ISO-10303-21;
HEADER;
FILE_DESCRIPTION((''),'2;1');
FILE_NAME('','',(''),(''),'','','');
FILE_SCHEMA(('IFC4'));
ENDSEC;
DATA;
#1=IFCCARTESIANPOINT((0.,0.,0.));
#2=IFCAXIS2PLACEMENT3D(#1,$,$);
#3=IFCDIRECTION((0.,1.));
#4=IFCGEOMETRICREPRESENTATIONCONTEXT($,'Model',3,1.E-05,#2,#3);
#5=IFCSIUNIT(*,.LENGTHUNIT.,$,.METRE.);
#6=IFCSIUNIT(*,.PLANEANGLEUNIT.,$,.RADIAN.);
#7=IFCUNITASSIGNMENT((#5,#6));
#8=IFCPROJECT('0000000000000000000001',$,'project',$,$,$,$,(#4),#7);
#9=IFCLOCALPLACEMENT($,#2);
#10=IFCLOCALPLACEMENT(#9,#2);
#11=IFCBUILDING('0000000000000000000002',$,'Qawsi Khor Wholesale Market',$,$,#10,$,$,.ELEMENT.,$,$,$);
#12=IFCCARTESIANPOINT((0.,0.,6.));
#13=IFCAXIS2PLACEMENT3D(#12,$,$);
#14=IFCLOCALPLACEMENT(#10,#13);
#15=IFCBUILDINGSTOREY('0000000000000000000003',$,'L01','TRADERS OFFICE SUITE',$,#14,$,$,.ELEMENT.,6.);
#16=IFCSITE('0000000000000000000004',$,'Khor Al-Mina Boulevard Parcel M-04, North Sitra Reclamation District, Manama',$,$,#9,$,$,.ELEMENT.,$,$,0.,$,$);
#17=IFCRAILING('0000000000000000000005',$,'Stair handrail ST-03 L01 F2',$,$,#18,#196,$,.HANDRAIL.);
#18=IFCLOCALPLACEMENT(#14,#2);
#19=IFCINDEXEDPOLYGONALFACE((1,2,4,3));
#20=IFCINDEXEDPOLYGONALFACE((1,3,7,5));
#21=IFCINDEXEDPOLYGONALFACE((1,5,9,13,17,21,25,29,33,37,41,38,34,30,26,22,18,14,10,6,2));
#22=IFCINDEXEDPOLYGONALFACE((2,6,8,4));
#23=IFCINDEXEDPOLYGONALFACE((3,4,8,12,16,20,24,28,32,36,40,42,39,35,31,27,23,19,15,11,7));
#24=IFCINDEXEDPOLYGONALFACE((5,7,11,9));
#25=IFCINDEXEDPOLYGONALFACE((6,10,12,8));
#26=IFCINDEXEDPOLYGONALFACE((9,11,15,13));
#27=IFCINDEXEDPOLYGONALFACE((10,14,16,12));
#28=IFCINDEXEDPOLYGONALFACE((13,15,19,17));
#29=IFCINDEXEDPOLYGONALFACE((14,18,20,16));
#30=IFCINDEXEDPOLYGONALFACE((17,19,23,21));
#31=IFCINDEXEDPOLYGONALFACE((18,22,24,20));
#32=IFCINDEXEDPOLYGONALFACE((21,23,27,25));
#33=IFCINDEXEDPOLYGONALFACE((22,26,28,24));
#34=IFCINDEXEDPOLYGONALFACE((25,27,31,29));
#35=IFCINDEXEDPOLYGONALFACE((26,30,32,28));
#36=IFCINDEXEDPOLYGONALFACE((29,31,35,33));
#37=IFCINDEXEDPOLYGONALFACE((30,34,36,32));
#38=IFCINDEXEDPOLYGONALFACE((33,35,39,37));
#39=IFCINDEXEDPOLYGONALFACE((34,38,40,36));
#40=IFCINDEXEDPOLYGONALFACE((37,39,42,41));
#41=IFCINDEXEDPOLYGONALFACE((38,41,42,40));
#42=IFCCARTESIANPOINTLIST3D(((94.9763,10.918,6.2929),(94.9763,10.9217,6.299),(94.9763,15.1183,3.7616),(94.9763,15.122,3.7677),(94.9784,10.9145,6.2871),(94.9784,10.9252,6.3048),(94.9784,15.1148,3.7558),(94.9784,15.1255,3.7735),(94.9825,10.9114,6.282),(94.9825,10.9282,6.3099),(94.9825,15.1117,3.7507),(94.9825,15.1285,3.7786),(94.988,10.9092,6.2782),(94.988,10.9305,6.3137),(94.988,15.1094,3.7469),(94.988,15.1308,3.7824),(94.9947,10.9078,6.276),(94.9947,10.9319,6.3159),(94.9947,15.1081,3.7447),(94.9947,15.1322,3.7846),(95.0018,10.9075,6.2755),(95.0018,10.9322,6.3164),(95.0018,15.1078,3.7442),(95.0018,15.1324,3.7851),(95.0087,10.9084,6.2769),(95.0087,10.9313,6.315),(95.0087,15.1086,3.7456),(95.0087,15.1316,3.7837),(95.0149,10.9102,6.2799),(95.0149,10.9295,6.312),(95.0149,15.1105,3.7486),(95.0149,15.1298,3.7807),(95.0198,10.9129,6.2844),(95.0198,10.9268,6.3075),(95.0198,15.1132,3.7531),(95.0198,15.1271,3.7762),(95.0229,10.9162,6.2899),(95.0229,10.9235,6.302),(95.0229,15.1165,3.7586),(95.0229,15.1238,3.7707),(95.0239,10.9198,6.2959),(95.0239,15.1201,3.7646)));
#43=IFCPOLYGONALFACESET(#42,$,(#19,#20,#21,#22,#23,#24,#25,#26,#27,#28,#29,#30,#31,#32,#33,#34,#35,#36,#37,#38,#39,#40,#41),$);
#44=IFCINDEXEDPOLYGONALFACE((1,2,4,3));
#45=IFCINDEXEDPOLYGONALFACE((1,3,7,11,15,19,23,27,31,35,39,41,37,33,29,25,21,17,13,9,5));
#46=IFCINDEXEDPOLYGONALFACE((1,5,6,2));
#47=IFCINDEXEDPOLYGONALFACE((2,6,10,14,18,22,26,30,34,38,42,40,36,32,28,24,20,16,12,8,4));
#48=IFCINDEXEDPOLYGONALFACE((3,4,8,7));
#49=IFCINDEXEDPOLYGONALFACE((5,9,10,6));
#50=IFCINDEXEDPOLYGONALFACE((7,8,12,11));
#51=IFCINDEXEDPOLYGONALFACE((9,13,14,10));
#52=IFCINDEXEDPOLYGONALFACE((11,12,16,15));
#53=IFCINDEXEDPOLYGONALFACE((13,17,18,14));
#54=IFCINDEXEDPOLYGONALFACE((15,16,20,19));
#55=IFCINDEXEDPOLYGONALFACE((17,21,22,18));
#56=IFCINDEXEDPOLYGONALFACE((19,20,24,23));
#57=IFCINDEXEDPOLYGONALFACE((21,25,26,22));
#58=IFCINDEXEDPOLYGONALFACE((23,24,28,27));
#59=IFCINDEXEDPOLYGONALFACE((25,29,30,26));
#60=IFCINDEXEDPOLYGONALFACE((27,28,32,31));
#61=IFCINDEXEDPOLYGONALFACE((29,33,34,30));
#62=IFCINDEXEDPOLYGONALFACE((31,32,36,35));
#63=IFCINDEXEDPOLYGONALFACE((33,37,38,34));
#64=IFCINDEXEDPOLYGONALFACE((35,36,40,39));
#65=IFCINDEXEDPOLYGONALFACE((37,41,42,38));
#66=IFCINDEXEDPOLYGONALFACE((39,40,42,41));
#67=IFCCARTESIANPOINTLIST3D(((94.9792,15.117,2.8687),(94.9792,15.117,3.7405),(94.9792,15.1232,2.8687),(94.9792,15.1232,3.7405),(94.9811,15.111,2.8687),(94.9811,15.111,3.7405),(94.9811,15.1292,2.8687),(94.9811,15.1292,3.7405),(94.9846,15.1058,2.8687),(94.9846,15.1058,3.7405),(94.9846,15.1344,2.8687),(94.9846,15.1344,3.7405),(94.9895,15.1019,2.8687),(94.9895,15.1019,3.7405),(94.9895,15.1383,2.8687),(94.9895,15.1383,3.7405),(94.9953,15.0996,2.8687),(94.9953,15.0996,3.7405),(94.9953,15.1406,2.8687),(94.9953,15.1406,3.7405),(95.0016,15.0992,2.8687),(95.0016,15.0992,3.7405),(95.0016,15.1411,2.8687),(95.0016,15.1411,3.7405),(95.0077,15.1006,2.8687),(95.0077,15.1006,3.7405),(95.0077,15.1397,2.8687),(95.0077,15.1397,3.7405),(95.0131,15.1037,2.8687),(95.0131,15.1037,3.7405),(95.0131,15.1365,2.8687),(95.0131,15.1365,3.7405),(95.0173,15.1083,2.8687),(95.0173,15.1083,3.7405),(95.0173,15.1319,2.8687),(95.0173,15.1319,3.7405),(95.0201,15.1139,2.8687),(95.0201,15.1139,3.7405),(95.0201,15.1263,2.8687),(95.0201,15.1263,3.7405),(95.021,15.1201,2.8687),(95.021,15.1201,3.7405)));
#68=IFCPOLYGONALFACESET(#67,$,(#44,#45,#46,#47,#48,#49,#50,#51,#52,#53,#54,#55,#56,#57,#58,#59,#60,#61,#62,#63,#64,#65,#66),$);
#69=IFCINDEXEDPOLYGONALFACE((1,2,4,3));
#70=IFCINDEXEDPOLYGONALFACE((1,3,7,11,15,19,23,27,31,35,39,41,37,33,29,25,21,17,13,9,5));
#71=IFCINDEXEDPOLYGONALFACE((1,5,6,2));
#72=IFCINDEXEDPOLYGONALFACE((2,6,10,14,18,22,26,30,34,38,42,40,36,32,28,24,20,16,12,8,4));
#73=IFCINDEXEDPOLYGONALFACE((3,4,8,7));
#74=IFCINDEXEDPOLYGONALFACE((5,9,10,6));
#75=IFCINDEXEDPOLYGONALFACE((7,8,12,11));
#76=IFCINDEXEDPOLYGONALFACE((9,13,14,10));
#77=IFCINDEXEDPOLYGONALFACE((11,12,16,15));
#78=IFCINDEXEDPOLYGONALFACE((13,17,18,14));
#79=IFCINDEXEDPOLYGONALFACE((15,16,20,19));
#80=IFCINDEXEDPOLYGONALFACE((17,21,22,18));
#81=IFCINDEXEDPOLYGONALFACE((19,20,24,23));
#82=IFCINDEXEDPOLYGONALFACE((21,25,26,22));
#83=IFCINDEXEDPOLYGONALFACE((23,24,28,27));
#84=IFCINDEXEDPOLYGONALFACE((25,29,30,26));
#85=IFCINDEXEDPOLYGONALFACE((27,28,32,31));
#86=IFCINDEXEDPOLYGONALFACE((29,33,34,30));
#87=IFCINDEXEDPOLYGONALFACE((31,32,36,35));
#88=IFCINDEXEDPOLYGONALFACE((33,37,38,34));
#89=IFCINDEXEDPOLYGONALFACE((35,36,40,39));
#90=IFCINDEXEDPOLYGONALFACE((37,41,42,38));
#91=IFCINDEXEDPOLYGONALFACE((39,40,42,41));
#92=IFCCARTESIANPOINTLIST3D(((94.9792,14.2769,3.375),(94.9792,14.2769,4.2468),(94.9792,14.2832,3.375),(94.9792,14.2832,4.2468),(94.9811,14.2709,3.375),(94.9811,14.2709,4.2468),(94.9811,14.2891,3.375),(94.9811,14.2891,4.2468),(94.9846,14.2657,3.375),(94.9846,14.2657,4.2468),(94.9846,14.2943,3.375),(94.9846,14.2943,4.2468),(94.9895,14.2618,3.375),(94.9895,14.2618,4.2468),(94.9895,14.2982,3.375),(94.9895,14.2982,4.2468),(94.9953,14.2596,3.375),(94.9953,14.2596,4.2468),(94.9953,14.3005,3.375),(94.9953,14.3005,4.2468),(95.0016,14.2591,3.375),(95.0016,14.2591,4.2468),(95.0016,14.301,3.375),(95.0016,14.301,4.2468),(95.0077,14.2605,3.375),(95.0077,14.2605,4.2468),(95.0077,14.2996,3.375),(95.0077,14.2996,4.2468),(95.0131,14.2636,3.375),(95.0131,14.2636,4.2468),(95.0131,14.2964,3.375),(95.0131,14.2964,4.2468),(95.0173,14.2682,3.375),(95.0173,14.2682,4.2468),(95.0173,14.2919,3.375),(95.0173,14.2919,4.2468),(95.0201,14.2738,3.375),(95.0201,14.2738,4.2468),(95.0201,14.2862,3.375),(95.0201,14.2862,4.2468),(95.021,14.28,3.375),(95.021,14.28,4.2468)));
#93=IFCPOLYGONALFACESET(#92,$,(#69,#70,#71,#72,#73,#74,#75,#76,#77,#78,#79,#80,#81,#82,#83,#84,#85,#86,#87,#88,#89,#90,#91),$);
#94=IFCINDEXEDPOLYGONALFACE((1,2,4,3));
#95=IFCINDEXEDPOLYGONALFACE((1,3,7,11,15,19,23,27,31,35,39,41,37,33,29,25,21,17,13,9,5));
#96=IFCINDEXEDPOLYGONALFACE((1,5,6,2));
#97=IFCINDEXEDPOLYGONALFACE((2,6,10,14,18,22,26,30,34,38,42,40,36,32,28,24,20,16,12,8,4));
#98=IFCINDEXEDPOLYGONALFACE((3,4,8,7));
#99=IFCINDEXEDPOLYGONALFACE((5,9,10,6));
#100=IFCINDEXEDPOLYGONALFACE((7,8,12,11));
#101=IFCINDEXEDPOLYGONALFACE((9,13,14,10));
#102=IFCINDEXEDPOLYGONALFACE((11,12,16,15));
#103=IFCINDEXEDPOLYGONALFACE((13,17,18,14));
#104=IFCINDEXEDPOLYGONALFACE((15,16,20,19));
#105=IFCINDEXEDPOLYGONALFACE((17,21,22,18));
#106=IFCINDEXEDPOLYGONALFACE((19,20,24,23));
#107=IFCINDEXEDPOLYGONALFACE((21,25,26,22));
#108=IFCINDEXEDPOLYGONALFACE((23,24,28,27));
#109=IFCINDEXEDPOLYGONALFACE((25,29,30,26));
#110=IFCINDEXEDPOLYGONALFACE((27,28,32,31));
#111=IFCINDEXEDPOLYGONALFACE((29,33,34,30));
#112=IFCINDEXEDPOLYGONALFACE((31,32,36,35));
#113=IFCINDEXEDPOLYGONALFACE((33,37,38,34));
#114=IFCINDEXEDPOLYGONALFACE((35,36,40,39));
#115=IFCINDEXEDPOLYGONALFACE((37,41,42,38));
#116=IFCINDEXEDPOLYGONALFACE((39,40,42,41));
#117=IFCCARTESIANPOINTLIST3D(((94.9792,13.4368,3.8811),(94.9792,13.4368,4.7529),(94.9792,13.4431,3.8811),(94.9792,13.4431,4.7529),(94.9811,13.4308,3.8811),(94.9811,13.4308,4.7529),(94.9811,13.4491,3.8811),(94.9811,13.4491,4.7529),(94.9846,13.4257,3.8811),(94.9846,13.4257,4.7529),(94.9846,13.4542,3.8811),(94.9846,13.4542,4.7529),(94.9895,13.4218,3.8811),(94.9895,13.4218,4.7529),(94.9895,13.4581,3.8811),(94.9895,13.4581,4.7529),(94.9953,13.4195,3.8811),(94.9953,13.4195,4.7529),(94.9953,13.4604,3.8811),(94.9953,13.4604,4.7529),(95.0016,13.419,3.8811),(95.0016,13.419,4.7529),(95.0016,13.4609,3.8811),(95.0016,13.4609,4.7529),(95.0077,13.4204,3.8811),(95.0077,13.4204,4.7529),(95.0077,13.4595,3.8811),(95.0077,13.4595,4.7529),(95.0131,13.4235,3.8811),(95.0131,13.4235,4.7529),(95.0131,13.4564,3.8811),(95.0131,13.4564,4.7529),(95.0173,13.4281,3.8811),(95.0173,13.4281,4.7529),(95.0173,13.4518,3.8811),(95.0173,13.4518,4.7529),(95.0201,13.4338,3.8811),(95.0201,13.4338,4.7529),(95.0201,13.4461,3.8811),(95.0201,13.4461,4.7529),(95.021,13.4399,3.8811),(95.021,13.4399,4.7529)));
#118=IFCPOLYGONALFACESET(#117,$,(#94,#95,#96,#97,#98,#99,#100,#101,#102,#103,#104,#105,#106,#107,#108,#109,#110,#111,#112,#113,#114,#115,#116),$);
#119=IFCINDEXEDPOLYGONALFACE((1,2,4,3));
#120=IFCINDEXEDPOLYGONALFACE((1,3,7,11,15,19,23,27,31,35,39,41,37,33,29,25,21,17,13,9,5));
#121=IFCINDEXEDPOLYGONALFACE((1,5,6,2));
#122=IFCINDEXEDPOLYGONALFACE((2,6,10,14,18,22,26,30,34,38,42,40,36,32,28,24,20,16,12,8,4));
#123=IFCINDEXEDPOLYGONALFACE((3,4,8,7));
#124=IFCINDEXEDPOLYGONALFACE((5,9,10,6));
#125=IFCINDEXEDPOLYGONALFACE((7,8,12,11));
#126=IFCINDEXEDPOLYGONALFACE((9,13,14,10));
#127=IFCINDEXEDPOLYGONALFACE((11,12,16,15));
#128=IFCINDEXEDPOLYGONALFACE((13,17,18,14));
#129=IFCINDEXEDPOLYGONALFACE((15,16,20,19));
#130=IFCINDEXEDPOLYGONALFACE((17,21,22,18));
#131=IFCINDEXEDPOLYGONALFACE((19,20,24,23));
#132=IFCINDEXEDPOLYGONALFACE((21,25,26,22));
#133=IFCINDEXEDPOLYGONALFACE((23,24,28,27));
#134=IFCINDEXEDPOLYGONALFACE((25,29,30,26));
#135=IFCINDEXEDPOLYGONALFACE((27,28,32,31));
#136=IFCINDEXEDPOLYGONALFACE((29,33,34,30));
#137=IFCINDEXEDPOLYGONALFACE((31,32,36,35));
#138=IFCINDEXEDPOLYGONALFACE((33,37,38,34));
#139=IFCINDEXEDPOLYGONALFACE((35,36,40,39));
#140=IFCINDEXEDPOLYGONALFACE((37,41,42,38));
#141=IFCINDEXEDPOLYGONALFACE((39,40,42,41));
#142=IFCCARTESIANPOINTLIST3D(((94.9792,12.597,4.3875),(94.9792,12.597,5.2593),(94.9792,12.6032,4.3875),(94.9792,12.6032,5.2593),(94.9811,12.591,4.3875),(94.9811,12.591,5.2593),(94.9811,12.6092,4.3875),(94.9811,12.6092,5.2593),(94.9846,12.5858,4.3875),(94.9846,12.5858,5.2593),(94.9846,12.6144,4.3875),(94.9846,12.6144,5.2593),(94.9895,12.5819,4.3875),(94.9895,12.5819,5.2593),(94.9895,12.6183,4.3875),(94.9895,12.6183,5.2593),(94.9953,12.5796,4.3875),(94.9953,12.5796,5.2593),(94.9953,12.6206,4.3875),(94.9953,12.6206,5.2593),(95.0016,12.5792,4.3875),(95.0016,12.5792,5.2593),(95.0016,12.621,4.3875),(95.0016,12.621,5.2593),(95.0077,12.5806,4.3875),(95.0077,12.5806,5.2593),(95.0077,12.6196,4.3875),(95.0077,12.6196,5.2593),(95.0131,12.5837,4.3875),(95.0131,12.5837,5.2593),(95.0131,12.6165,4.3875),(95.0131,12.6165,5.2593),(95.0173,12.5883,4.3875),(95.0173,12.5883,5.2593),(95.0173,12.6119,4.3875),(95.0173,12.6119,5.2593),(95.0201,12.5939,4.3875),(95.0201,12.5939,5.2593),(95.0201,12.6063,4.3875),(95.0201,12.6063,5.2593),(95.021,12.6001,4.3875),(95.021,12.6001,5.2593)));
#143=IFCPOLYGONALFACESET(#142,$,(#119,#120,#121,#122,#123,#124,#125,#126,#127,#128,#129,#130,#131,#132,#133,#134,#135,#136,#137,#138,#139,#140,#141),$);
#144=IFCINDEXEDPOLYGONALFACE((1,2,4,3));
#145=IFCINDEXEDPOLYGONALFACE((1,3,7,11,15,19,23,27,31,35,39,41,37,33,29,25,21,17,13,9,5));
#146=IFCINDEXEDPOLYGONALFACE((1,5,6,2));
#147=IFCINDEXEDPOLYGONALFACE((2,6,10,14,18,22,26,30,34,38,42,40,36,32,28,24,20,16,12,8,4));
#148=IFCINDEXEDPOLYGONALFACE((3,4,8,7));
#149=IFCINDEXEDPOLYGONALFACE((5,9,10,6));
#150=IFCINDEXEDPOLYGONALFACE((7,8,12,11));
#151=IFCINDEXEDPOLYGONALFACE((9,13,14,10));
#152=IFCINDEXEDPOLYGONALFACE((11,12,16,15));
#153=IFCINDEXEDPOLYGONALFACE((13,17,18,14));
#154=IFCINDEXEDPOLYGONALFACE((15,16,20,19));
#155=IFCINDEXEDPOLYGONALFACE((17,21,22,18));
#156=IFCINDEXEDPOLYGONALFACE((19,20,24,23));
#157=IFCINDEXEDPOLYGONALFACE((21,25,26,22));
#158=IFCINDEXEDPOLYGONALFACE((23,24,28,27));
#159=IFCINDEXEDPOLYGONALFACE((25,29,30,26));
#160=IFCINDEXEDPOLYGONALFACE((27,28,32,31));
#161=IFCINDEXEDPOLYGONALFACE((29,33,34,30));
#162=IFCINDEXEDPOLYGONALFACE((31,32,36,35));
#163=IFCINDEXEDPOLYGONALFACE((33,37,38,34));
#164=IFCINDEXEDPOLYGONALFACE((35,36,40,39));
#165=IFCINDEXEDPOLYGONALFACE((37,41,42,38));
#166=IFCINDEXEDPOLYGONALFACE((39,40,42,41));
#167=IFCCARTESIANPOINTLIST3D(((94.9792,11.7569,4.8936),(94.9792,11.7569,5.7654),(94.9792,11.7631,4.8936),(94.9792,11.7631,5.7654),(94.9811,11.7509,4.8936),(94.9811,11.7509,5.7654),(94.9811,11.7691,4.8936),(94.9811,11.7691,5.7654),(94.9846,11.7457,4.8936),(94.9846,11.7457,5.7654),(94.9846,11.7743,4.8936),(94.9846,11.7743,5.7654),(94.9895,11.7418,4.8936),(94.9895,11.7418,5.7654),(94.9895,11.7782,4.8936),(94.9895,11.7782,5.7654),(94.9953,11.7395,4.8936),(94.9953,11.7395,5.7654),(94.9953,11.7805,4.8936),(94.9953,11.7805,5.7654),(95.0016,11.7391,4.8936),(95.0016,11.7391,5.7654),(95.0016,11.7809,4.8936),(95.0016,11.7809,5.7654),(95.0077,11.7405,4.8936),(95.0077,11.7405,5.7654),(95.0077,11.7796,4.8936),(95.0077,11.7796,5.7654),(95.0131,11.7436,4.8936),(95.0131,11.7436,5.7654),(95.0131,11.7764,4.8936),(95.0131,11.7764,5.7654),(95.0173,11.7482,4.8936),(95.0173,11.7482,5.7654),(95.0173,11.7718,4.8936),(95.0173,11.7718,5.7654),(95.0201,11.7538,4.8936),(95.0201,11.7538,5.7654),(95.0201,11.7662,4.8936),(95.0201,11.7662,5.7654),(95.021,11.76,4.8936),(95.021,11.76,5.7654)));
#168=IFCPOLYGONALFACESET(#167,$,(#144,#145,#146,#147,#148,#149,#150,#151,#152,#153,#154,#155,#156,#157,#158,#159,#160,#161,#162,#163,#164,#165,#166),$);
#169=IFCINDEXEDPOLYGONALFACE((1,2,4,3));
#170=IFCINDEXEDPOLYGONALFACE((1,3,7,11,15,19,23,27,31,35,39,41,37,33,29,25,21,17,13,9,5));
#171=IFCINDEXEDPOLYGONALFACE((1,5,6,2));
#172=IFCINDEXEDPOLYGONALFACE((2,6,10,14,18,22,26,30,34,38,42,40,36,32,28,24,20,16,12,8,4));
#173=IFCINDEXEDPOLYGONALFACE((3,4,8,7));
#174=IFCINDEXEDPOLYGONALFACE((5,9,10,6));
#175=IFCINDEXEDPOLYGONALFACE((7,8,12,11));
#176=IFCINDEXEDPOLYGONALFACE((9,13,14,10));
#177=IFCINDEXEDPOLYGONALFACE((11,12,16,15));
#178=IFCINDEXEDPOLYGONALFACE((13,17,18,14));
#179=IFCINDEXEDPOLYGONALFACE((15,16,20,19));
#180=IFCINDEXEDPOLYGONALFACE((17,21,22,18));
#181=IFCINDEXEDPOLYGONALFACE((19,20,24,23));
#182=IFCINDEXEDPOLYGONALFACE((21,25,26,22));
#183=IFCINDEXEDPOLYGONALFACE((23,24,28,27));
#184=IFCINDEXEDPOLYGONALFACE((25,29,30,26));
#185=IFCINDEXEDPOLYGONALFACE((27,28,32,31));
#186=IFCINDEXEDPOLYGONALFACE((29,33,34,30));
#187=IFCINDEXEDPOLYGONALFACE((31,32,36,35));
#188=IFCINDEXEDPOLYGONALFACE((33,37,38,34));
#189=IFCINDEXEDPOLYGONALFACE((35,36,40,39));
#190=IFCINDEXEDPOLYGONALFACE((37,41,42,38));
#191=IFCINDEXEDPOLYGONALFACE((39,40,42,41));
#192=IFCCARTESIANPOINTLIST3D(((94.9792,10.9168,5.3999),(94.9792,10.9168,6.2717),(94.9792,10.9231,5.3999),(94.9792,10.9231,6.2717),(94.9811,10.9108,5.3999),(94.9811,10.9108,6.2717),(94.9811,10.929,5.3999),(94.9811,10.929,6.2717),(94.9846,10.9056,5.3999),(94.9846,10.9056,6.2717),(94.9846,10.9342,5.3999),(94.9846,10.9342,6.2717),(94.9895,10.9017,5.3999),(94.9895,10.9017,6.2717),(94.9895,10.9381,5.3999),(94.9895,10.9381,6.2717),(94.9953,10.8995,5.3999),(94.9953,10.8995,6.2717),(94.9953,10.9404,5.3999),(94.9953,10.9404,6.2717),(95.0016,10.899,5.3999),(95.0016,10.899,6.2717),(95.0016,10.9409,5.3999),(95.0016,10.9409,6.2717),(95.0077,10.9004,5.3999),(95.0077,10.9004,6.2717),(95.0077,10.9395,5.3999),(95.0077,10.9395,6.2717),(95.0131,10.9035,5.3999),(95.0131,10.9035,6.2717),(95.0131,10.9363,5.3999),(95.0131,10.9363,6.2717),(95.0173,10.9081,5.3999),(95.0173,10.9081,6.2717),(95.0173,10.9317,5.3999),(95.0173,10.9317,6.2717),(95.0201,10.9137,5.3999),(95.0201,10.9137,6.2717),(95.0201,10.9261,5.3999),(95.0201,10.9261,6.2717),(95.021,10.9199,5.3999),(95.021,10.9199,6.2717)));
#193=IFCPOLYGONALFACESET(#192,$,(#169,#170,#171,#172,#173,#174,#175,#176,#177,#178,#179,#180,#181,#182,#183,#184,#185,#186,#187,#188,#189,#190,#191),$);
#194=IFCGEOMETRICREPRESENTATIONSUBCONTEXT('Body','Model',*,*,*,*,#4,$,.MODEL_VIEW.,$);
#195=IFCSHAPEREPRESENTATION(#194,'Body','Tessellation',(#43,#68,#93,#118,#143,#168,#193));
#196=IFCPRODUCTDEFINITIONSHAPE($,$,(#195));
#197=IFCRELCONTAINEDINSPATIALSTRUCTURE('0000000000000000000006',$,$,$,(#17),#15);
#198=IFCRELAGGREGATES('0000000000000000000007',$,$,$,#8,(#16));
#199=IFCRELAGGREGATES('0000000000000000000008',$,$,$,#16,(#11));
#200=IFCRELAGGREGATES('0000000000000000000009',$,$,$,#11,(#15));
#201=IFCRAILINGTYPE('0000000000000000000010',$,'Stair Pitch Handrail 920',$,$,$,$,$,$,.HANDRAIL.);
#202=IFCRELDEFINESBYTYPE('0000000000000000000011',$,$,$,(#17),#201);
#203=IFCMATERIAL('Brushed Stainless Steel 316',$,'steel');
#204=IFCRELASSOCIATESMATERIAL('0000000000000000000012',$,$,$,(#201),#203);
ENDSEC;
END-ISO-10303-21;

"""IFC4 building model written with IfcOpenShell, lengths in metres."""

from ifc_helpers import new_model, si_unit, direction, frame, origin, origin_2d, place, context, subcontext, project, spatial, circle, extrude, material, type_object, element, save


model = new_model("IFC4")

# Units and contexts
model_context = context("Model", 3, precision=1e-05, world=origin(), true_north=direction((0.0, 1.0)))
body_context = subcontext(model_context, "Body", "Model", "MODEL_VIEW")
ifc_project = project(units=[si_unit("LENGTHUNIT", "METRE"), si_unit("PLANEANGLEUNIT", "RADIAN")], contexts=[model_context])

# Site, building, storey
site_placement = place(None, origin())
site = spatial("IfcSite", under=ifc_project, at=site_placement, Name="Khor Al-Mina Boulevard Parcel M-04, North Sitra Reclamation District, Manama", CompositionType="ELEMENT", RefElevation=0.0)
building_placement = place(site_placement, origin())
building = spatial("IfcBuilding", under=site, at=building_placement, Name="Qawsi Khor Wholesale Market", CompositionType="ELEMENT")
storey_placement = place(building_placement, frame((0.0, 0.0, 6.0)))
storey = spatial("IfcBuildingStorey", under=building, at=storey_placement, Name="L01", Description="TRADERS OFFICE SUITE", CompositionType="ELEMENT", Elevation=6.0)

# Railing
ifc_material_1 = material(Name="Brushed Stainless Steel 316", Category="steel")
railing_type_1 = type_object("IfcRailingType", Name="Stair Pitch Handrail 920", PredefinedType="HANDRAIL", material=ifc_material_1)
railing_1_placement = place(storey_placement, frame((95.0, 15.1201, 2.8687)))
element("IfcRailing", 1, at=railing_1_placement, inside=storey, type_object=railing_type_1, Name="Stair handrail ST-03 L01 F2", PredefinedType="HANDRAIL", context=body_context, shape_type="SweptSolid", body=[
    extrude(circle(Radius=0.0239, at=origin_2d()), frame((0.0, 0.0, 0.896), z_axis=(0.0, -0.85649, 0.516164), x_axis=(1.0, 0.0, 0.0)), (0.0, 0.0, 1.0), 4.9041),
    extrude(circle(Radius=0.021, at=origin_2d()), origin(), (0.0, 0.0, 1.0), 0.8718),
    extrude(circle(Radius=0.021, at=origin_2d()), frame((0.0, -0.8401, 0.5063)), (0.0, 0.0, 1.0), 0.8718),
    extrude(circle(Radius=0.021, at=origin_2d()), frame((0.0, -1.6802, 1.0125)), (0.0, 0.0, 1.0), 0.8718),
    extrude(circle(Radius=0.021, at=origin_2d()), frame((0.0, -2.52, 1.5188)), (0.0, 0.0, 1.0), 0.8718),
    extrude(circle(Radius=0.021, at=origin_2d()), frame((0.0, -3.3601, 2.0249)), (0.0, 0.0, 1.0), 0.8718),
    extrude(circle(Radius=0.021, at=origin_2d()), frame((0.0, -4.2002, 2.5312)), (0.0, 0.0, 1.0), 0.8718),
])

save(model, "model.ifc")
